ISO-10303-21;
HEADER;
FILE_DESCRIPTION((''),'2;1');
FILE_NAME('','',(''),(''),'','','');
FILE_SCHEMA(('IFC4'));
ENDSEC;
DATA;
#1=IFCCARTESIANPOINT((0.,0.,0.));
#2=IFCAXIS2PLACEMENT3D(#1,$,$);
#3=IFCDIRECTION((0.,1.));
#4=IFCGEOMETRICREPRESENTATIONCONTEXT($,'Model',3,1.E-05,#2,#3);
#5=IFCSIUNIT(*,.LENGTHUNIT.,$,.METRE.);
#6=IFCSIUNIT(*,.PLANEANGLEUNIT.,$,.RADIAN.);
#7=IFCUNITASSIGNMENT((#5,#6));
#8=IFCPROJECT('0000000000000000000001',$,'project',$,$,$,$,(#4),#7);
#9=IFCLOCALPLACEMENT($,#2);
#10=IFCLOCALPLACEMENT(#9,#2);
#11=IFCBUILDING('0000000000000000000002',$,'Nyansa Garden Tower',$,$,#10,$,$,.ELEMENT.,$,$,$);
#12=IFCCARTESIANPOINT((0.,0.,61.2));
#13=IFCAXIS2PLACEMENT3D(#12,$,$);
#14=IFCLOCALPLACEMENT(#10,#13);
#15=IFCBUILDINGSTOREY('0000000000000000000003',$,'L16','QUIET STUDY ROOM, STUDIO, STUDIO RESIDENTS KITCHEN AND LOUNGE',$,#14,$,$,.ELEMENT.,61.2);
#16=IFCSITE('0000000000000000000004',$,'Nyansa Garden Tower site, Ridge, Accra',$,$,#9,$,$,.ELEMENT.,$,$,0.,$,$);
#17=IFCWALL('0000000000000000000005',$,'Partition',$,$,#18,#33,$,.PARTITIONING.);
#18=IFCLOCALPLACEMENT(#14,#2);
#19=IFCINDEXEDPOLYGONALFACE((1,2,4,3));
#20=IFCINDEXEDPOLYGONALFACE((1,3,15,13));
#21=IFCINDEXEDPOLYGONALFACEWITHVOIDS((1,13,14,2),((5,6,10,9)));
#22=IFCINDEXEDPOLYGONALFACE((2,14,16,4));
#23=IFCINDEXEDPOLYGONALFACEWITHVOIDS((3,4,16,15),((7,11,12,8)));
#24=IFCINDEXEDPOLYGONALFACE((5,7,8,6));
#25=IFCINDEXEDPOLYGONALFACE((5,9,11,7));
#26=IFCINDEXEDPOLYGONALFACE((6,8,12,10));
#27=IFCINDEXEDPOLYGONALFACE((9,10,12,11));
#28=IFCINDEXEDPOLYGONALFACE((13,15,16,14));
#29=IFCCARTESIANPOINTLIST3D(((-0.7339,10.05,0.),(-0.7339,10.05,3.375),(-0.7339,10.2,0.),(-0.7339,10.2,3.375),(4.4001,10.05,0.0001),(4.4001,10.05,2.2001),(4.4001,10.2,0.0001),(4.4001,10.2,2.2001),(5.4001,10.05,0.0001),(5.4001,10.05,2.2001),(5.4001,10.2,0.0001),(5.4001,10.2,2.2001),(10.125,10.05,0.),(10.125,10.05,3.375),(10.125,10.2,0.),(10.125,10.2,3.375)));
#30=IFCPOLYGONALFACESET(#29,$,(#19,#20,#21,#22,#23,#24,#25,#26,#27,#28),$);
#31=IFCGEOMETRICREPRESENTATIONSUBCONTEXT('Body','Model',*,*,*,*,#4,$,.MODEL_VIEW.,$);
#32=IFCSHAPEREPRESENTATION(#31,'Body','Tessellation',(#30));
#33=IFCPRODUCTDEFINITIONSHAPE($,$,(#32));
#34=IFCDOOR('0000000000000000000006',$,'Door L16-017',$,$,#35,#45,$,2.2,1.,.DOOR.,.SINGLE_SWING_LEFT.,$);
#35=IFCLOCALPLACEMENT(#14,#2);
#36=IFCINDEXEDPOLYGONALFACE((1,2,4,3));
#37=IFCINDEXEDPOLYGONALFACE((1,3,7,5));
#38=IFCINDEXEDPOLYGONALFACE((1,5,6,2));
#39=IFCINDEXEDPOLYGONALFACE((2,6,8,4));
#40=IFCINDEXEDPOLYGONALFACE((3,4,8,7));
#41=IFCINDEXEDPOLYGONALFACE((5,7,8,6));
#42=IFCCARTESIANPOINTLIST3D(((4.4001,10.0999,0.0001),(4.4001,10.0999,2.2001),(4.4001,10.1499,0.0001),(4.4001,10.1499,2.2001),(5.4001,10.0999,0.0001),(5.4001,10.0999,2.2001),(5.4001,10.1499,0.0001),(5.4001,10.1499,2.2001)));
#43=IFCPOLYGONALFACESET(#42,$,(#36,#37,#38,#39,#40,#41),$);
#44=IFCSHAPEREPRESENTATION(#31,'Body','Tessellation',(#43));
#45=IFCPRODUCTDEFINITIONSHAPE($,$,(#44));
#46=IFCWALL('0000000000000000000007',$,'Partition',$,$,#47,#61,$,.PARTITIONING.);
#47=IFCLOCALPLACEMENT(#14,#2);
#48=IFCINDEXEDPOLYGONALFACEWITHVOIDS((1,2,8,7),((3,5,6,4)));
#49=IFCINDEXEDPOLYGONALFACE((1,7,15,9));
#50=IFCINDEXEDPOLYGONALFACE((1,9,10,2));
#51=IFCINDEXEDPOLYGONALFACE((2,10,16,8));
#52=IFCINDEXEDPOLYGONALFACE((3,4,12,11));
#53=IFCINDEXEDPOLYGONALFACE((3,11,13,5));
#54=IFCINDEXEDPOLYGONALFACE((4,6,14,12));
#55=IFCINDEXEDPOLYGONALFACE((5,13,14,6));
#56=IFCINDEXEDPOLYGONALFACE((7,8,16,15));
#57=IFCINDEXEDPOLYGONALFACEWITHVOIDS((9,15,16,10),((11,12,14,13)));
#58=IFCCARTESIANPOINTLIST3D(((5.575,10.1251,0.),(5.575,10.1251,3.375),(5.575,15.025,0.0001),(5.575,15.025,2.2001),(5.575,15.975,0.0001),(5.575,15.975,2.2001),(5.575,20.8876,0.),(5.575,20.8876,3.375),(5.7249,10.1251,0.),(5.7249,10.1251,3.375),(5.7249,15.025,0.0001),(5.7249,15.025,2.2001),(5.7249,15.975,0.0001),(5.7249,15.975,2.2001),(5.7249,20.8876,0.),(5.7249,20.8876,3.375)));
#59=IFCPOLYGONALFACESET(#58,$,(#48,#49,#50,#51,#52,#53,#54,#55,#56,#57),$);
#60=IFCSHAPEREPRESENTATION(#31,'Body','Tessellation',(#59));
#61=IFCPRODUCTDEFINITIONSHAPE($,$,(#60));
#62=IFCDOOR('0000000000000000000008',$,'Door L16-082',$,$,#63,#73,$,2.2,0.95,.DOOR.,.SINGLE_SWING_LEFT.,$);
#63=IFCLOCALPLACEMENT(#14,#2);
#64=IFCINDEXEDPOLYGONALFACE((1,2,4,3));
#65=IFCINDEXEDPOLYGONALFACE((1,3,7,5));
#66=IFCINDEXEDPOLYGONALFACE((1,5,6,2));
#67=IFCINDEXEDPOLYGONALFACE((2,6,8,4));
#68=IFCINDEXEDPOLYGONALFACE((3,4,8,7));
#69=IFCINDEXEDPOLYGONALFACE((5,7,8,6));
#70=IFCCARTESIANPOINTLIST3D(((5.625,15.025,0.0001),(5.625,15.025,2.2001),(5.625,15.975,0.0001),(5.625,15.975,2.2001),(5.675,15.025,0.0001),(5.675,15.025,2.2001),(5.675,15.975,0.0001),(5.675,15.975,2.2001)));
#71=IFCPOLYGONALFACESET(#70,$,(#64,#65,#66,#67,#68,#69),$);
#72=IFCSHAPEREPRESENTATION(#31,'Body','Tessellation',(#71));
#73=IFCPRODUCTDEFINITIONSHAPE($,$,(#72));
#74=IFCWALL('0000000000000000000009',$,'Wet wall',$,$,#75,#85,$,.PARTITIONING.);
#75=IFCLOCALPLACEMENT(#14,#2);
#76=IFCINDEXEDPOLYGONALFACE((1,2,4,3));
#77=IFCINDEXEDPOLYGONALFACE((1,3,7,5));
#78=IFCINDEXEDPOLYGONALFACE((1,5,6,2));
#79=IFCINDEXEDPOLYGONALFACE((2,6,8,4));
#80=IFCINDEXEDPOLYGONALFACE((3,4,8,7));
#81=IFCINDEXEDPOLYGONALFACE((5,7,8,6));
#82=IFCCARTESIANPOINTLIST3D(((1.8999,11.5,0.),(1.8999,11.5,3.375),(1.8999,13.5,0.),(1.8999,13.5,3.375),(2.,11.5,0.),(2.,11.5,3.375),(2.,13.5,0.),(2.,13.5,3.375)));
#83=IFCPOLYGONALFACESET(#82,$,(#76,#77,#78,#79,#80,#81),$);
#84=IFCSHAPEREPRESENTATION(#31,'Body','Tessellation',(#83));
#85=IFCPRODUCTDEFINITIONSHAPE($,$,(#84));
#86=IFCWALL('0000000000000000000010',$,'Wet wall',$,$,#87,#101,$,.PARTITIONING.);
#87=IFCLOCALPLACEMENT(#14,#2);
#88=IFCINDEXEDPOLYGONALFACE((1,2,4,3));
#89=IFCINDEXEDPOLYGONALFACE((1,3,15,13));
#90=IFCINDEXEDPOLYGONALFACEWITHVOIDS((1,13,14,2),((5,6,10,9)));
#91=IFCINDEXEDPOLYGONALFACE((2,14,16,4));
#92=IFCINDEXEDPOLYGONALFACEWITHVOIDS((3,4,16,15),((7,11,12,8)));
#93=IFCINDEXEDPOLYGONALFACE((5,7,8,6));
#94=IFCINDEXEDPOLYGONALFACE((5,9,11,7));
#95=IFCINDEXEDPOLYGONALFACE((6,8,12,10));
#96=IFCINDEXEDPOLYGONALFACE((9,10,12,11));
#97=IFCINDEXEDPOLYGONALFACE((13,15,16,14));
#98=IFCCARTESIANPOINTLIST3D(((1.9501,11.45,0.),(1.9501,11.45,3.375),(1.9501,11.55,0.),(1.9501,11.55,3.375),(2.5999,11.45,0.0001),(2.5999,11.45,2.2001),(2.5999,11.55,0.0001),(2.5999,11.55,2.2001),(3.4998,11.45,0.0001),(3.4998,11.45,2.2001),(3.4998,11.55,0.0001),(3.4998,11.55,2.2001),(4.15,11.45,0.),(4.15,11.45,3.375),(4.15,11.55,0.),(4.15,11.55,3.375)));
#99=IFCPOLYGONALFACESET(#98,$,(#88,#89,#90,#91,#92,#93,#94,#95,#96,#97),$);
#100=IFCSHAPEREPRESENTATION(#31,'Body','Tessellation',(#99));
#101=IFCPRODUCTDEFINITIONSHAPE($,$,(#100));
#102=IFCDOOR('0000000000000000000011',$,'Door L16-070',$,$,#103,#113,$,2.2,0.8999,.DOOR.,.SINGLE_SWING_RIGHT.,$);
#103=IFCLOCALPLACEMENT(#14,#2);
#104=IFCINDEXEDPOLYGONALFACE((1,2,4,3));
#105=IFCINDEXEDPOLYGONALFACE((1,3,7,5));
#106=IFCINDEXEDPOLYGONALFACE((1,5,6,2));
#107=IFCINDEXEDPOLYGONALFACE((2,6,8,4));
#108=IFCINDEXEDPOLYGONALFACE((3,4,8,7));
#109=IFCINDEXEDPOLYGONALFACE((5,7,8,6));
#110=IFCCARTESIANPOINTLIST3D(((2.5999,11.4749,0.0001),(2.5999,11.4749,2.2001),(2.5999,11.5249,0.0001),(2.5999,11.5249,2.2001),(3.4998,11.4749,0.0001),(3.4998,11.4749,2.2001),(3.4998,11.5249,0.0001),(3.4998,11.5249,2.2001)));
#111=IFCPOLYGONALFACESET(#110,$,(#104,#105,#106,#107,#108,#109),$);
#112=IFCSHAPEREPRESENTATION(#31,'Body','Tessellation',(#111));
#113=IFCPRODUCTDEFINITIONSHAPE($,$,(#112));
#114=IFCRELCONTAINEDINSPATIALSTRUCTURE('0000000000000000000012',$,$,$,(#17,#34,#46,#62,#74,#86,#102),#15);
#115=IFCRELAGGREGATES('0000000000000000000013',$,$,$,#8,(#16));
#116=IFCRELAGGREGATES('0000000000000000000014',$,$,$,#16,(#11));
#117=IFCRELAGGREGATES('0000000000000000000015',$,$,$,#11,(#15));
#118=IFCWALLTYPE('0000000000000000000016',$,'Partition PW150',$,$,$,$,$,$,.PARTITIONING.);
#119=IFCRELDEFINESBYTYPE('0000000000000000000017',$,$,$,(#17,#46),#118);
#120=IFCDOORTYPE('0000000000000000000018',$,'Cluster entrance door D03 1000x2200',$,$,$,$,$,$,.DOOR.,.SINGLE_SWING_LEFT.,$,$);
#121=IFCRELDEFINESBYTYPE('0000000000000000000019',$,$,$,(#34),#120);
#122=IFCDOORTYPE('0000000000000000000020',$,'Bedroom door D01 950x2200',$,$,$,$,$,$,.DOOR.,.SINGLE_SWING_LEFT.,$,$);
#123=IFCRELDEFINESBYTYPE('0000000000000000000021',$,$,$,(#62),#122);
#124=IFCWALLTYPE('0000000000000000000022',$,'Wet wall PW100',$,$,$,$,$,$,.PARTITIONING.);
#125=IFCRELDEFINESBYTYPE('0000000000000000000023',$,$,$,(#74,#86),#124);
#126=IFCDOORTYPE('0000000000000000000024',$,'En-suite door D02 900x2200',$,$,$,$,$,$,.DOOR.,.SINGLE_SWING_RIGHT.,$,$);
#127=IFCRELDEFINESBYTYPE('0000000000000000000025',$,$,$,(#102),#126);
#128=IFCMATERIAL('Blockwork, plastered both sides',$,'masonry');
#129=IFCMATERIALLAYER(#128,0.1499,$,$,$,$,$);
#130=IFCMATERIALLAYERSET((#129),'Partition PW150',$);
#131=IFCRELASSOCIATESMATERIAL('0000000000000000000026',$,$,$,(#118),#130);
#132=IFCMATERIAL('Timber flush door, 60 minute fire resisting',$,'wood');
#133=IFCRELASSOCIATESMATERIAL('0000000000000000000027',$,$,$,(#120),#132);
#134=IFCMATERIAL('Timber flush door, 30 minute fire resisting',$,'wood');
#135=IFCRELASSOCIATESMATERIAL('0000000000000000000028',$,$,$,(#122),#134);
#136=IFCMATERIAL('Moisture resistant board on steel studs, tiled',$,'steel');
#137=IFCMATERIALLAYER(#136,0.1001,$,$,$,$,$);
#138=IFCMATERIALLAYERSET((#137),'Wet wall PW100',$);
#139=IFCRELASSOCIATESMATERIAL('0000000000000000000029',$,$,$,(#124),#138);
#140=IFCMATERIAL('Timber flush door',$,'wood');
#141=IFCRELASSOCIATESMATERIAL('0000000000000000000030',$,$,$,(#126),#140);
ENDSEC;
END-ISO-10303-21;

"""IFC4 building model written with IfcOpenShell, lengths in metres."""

from ifc_helpers import new_model, si_unit, direction, frame, frame_2d, origin, place, context, subcontext, project, spatial, rectangle, extrude, material, layer, layer_set, type_object, element, fill, save


model = new_model("IFC4")

# Units and contexts
model_context = context("Model", 3, precision=1e-05, world=origin(), true_north=direction((0.0, 1.0)))
body_context = subcontext(model_context, "Body", "Model", "MODEL_VIEW")
ifc_project = project(units=[si_unit("LENGTHUNIT", "METRE"), si_unit("PLANEANGLEUNIT", "RADIAN")], contexts=[model_context])

# Site, building, storey
site_placement = place(None, origin())
site = spatial("IfcSite", under=ifc_project, at=site_placement, Name="Nyansa Garden Tower site, Ridge, Accra", CompositionType="ELEMENT", RefElevation=0.0)
building_placement = place(site_placement, origin())
building = spatial("IfcBuilding", under=site, at=building_placement, Name="Nyansa Garden Tower", CompositionType="ELEMENT")
storey_placement = place(building_placement, frame((0.0, 0.0, 61.2)))
storey = spatial("IfcBuildingStorey", under=building, at=storey_placement, Name="L16", Description="QUIET STUDY ROOM, STUDIO, STUDIO RESIDENTS KITCHEN AND LOUNGE", CompositionType="ELEMENT", Elevation=61.2)

# Walls, openings, doors
ifc_material_1 = material(Name="Blockwork, plastered both sides", Category="masonry")
ifc_layer_1 = layer(ifc_material_1, 0.1499)
ifc_layer_set_1 = layer_set([ifc_layer_1], Name="Partition PW150")
wall_type_1 = type_object("IfcWallType", Name="Partition PW150", PredefinedType="PARTITIONING", material=ifc_layer_set_1)
wall_1_placement = place(storey_placement, frame((-0.7339, 10.125, 0.0), z_axis=(0.0, 0.0, 1.0), x_axis=(1.0, 0.0, 0.0)))
wall_1 = element("IfcWall", 1, at=wall_1_placement, inside=storey, type_object=wall_type_1, Name="Partition", PredefinedType="PARTITIONING", context=body_context, shape_type="SweptSolid", body=[
    extrude(rectangle(XDim=10.8589, YDim=0.1499, at=frame_2d((5.4294, 0.0))), origin(), (0.0, 0.0, 1.0), 3.375),
])
opening_1_placement = place(wall_1_placement, frame((5.134, 0.0, 0.0)))
opening_1 = element("IfcOpeningElement", 2, at=opening_1_placement, cuts=wall_1, PredefinedType="OPENING", context=body_context, shape_type="SweptSolid", body=[
    extrude(rectangle(XDim=1.0, YDim=2.2, at=frame_2d((0.5, 1.1001))), frame((0.0, 0.085, 0.0), z_axis=(0.0, -1.0, 0.0), x_axis=(1.0, 0.0, 0.0)), (0.0, 0.0, 1.0), 0.1699),
])
ifc_material_2 = material(Name="Timber flush door, 60 minute fire resisting", Category="wood")
door_type_1 = type_object("IfcDoorType", Name="Cluster entrance door D03 1000x2200", OperationType="SINGLE_SWING_LEFT", PredefinedType="DOOR", material=ifc_material_2)
door_1_placement = place(opening_1_placement, origin())
door_1 = element("IfcDoor", 3, at=door_1_placement, inside=storey, type_object=door_type_1, Name="Door L16-017", OperationType="SINGLE_SWING_LEFT", OverallHeight=2.2, OverallWidth=1.0, PredefinedType="DOOR", context=body_context, shape_type="SweptSolid", body=[
    extrude(rectangle(XDim=1.0, YDim=2.2, at=frame_2d((0.5, 1.1001))), frame((0.0, 0.0249, 0.0), z_axis=(0.0, -1.0, 0.0), x_axis=(1.0, 0.0, 0.0)), (0.0, 0.0, 1.0), 0.05),
])
fill(opening_1, door_1)
wall_2_placement = place(storey_placement, frame((5.6499, 10.125, 0.0), z_axis=(0.0, 0.0, 1.0), x_axis=(0.0, 1.0, 0.0)))
wall_2 = element("IfcWall", 4, at=wall_2_placement, inside=storey, type_object=wall_type_1, Name="Partition", PredefinedType="PARTITIONING", context=body_context, shape_type="SweptSolid", body=[
    extrude(rectangle(XDim=10.7625, YDim=0.1499, at=frame_2d((5.3813, 0.0))), origin(), (0.0, 0.0, 1.0), 3.375),
])
opening_2_placement = place(wall_2_placement, frame((4.8999, 0.0, 0.0)))
opening_2 = element("IfcOpeningElement", 5, at=opening_2_placement, cuts=wall_2, PredefinedType="OPENING", context=body_context, shape_type="SweptSolid", body=[
    extrude(rectangle(XDim=0.95, YDim=2.2, at=frame_2d((0.4751, 1.1001))), frame((0.0, 0.085, 0.0), z_axis=(0.0, -1.0, 0.0), x_axis=(1.0, 0.0, 0.0)), (0.0, 0.0, 1.0), 0.1699),
])
ifc_material_3 = material(Name="Timber flush door, 30 minute fire resisting", Category="wood")
door_type_2 = type_object("IfcDoorType", Name="Bedroom door D01 950x2200", OperationType="SINGLE_SWING_LEFT", PredefinedType="DOOR", material=ifc_material_3)
door_2_placement = place(opening_2_placement, origin())
door_2 = element("IfcDoor", 6, at=door_2_placement, inside=storey, type_object=door_type_2, Name="Door L16-082", OperationType="SINGLE_SWING_LEFT", OverallHeight=2.2, OverallWidth=0.95, PredefinedType="DOOR", context=body_context, shape_type="SweptSolid", body=[
    extrude(rectangle(XDim=0.95, YDim=2.2, at=frame_2d((0.4751, 1.1001))), frame((0.0, 0.0249, 0.0), z_axis=(0.0, -1.0, 0.0), x_axis=(1.0, 0.0, 0.0)), (0.0, 0.0, 1.0), 0.05),
])
fill(opening_2, door_2)

# Wall
ifc_material_4 = material(Name="Moisture resistant board on steel studs, tiled", Category="steel")
ifc_layer_2 = layer(ifc_material_4, 0.1001)
ifc_layer_set_2 = layer_set([ifc_layer_2], Name="Wet wall PW100")
wall_type_2 = type_object("IfcWallType", Name="Wet wall PW100", PredefinedType="PARTITIONING", material=ifc_layer_set_2)
wall_3_placement = place(storey_placement, frame((1.95, 11.5, 0.0), z_axis=(0.0, 0.0, 1.0), x_axis=(0.0, 1.0, 0.0)))
element("IfcWall", 7, at=wall_3_placement, inside=storey, type_object=wall_type_2, Name="Wet wall", PredefinedType="PARTITIONING", context=body_context, shape_type="SweptSolid", body=[
    extrude(rectangle(XDim=2.0, YDim=0.1001, at=frame_2d((1.0, 0.0))), origin(), (0.0, 0.0, 1.0), 3.375),
])

# Wall, opening, door
wall_4_placement = place(storey_placement, frame((1.95, 11.5, 0.0), z_axis=(0.0, 0.0, 1.0), x_axis=(1.0, 0.0, 0.0)))
wall_4 = element("IfcWall", 8, at=wall_4_placement, inside=storey, type_object=wall_type_2, Name="Wet wall", PredefinedType="PARTITIONING", context=body_context, shape_type="SweptSolid", body=[
    extrude(rectangle(XDim=2.2, YDim=0.1001, at=frame_2d((1.1001, 0.0))), origin(), (0.0, 0.0, 1.0), 3.375),
])
opening_3_placement = place(wall_4_placement, frame((0.6499, 0.0, 0.0)))
opening_3 = element("IfcOpeningElement", 9, at=opening_3_placement, cuts=wall_4, PredefinedType="OPENING", context=body_context, shape_type="SweptSolid", body=[
    extrude(rectangle(XDim=0.8999, YDim=2.2, at=frame_2d((0.45, 1.1001))), frame((0.0, 0.0601, 0.0), z_axis=(0.0, -1.0, 0.0), x_axis=(1.0, 0.0, 0.0)), (0.0, 0.0, 1.0), 0.1201),
])
ifc_material_5 = material(Name="Timber flush door", Category="wood")
door_type_3 = type_object("IfcDoorType", Name="En-suite door D02 900x2200", OperationType="SINGLE_SWING_RIGHT", PredefinedType="DOOR", material=ifc_material_5)
door_3_placement = place(opening_3_placement, origin())
door_3 = element("IfcDoor", 10, at=door_3_placement, inside=storey, type_object=door_type_3, Name="Door L16-070", OperationType="SINGLE_SWING_RIGHT", OverallHeight=2.2, OverallWidth=0.8999, PredefinedType="DOOR", context=body_context, shape_type="SweptSolid", body=[
    extrude(rectangle(XDim=0.8999, YDim=2.2, at=frame_2d((0.45, 1.1001))), frame((0.0, 0.0249, 0.0), z_axis=(0.0, -1.0, 0.0), x_axis=(1.0, 0.0, 0.0)), (0.0, 0.0, 1.0), 0.05),
])
fill(opening_3, door_3)

save(model, "model.ifc")
